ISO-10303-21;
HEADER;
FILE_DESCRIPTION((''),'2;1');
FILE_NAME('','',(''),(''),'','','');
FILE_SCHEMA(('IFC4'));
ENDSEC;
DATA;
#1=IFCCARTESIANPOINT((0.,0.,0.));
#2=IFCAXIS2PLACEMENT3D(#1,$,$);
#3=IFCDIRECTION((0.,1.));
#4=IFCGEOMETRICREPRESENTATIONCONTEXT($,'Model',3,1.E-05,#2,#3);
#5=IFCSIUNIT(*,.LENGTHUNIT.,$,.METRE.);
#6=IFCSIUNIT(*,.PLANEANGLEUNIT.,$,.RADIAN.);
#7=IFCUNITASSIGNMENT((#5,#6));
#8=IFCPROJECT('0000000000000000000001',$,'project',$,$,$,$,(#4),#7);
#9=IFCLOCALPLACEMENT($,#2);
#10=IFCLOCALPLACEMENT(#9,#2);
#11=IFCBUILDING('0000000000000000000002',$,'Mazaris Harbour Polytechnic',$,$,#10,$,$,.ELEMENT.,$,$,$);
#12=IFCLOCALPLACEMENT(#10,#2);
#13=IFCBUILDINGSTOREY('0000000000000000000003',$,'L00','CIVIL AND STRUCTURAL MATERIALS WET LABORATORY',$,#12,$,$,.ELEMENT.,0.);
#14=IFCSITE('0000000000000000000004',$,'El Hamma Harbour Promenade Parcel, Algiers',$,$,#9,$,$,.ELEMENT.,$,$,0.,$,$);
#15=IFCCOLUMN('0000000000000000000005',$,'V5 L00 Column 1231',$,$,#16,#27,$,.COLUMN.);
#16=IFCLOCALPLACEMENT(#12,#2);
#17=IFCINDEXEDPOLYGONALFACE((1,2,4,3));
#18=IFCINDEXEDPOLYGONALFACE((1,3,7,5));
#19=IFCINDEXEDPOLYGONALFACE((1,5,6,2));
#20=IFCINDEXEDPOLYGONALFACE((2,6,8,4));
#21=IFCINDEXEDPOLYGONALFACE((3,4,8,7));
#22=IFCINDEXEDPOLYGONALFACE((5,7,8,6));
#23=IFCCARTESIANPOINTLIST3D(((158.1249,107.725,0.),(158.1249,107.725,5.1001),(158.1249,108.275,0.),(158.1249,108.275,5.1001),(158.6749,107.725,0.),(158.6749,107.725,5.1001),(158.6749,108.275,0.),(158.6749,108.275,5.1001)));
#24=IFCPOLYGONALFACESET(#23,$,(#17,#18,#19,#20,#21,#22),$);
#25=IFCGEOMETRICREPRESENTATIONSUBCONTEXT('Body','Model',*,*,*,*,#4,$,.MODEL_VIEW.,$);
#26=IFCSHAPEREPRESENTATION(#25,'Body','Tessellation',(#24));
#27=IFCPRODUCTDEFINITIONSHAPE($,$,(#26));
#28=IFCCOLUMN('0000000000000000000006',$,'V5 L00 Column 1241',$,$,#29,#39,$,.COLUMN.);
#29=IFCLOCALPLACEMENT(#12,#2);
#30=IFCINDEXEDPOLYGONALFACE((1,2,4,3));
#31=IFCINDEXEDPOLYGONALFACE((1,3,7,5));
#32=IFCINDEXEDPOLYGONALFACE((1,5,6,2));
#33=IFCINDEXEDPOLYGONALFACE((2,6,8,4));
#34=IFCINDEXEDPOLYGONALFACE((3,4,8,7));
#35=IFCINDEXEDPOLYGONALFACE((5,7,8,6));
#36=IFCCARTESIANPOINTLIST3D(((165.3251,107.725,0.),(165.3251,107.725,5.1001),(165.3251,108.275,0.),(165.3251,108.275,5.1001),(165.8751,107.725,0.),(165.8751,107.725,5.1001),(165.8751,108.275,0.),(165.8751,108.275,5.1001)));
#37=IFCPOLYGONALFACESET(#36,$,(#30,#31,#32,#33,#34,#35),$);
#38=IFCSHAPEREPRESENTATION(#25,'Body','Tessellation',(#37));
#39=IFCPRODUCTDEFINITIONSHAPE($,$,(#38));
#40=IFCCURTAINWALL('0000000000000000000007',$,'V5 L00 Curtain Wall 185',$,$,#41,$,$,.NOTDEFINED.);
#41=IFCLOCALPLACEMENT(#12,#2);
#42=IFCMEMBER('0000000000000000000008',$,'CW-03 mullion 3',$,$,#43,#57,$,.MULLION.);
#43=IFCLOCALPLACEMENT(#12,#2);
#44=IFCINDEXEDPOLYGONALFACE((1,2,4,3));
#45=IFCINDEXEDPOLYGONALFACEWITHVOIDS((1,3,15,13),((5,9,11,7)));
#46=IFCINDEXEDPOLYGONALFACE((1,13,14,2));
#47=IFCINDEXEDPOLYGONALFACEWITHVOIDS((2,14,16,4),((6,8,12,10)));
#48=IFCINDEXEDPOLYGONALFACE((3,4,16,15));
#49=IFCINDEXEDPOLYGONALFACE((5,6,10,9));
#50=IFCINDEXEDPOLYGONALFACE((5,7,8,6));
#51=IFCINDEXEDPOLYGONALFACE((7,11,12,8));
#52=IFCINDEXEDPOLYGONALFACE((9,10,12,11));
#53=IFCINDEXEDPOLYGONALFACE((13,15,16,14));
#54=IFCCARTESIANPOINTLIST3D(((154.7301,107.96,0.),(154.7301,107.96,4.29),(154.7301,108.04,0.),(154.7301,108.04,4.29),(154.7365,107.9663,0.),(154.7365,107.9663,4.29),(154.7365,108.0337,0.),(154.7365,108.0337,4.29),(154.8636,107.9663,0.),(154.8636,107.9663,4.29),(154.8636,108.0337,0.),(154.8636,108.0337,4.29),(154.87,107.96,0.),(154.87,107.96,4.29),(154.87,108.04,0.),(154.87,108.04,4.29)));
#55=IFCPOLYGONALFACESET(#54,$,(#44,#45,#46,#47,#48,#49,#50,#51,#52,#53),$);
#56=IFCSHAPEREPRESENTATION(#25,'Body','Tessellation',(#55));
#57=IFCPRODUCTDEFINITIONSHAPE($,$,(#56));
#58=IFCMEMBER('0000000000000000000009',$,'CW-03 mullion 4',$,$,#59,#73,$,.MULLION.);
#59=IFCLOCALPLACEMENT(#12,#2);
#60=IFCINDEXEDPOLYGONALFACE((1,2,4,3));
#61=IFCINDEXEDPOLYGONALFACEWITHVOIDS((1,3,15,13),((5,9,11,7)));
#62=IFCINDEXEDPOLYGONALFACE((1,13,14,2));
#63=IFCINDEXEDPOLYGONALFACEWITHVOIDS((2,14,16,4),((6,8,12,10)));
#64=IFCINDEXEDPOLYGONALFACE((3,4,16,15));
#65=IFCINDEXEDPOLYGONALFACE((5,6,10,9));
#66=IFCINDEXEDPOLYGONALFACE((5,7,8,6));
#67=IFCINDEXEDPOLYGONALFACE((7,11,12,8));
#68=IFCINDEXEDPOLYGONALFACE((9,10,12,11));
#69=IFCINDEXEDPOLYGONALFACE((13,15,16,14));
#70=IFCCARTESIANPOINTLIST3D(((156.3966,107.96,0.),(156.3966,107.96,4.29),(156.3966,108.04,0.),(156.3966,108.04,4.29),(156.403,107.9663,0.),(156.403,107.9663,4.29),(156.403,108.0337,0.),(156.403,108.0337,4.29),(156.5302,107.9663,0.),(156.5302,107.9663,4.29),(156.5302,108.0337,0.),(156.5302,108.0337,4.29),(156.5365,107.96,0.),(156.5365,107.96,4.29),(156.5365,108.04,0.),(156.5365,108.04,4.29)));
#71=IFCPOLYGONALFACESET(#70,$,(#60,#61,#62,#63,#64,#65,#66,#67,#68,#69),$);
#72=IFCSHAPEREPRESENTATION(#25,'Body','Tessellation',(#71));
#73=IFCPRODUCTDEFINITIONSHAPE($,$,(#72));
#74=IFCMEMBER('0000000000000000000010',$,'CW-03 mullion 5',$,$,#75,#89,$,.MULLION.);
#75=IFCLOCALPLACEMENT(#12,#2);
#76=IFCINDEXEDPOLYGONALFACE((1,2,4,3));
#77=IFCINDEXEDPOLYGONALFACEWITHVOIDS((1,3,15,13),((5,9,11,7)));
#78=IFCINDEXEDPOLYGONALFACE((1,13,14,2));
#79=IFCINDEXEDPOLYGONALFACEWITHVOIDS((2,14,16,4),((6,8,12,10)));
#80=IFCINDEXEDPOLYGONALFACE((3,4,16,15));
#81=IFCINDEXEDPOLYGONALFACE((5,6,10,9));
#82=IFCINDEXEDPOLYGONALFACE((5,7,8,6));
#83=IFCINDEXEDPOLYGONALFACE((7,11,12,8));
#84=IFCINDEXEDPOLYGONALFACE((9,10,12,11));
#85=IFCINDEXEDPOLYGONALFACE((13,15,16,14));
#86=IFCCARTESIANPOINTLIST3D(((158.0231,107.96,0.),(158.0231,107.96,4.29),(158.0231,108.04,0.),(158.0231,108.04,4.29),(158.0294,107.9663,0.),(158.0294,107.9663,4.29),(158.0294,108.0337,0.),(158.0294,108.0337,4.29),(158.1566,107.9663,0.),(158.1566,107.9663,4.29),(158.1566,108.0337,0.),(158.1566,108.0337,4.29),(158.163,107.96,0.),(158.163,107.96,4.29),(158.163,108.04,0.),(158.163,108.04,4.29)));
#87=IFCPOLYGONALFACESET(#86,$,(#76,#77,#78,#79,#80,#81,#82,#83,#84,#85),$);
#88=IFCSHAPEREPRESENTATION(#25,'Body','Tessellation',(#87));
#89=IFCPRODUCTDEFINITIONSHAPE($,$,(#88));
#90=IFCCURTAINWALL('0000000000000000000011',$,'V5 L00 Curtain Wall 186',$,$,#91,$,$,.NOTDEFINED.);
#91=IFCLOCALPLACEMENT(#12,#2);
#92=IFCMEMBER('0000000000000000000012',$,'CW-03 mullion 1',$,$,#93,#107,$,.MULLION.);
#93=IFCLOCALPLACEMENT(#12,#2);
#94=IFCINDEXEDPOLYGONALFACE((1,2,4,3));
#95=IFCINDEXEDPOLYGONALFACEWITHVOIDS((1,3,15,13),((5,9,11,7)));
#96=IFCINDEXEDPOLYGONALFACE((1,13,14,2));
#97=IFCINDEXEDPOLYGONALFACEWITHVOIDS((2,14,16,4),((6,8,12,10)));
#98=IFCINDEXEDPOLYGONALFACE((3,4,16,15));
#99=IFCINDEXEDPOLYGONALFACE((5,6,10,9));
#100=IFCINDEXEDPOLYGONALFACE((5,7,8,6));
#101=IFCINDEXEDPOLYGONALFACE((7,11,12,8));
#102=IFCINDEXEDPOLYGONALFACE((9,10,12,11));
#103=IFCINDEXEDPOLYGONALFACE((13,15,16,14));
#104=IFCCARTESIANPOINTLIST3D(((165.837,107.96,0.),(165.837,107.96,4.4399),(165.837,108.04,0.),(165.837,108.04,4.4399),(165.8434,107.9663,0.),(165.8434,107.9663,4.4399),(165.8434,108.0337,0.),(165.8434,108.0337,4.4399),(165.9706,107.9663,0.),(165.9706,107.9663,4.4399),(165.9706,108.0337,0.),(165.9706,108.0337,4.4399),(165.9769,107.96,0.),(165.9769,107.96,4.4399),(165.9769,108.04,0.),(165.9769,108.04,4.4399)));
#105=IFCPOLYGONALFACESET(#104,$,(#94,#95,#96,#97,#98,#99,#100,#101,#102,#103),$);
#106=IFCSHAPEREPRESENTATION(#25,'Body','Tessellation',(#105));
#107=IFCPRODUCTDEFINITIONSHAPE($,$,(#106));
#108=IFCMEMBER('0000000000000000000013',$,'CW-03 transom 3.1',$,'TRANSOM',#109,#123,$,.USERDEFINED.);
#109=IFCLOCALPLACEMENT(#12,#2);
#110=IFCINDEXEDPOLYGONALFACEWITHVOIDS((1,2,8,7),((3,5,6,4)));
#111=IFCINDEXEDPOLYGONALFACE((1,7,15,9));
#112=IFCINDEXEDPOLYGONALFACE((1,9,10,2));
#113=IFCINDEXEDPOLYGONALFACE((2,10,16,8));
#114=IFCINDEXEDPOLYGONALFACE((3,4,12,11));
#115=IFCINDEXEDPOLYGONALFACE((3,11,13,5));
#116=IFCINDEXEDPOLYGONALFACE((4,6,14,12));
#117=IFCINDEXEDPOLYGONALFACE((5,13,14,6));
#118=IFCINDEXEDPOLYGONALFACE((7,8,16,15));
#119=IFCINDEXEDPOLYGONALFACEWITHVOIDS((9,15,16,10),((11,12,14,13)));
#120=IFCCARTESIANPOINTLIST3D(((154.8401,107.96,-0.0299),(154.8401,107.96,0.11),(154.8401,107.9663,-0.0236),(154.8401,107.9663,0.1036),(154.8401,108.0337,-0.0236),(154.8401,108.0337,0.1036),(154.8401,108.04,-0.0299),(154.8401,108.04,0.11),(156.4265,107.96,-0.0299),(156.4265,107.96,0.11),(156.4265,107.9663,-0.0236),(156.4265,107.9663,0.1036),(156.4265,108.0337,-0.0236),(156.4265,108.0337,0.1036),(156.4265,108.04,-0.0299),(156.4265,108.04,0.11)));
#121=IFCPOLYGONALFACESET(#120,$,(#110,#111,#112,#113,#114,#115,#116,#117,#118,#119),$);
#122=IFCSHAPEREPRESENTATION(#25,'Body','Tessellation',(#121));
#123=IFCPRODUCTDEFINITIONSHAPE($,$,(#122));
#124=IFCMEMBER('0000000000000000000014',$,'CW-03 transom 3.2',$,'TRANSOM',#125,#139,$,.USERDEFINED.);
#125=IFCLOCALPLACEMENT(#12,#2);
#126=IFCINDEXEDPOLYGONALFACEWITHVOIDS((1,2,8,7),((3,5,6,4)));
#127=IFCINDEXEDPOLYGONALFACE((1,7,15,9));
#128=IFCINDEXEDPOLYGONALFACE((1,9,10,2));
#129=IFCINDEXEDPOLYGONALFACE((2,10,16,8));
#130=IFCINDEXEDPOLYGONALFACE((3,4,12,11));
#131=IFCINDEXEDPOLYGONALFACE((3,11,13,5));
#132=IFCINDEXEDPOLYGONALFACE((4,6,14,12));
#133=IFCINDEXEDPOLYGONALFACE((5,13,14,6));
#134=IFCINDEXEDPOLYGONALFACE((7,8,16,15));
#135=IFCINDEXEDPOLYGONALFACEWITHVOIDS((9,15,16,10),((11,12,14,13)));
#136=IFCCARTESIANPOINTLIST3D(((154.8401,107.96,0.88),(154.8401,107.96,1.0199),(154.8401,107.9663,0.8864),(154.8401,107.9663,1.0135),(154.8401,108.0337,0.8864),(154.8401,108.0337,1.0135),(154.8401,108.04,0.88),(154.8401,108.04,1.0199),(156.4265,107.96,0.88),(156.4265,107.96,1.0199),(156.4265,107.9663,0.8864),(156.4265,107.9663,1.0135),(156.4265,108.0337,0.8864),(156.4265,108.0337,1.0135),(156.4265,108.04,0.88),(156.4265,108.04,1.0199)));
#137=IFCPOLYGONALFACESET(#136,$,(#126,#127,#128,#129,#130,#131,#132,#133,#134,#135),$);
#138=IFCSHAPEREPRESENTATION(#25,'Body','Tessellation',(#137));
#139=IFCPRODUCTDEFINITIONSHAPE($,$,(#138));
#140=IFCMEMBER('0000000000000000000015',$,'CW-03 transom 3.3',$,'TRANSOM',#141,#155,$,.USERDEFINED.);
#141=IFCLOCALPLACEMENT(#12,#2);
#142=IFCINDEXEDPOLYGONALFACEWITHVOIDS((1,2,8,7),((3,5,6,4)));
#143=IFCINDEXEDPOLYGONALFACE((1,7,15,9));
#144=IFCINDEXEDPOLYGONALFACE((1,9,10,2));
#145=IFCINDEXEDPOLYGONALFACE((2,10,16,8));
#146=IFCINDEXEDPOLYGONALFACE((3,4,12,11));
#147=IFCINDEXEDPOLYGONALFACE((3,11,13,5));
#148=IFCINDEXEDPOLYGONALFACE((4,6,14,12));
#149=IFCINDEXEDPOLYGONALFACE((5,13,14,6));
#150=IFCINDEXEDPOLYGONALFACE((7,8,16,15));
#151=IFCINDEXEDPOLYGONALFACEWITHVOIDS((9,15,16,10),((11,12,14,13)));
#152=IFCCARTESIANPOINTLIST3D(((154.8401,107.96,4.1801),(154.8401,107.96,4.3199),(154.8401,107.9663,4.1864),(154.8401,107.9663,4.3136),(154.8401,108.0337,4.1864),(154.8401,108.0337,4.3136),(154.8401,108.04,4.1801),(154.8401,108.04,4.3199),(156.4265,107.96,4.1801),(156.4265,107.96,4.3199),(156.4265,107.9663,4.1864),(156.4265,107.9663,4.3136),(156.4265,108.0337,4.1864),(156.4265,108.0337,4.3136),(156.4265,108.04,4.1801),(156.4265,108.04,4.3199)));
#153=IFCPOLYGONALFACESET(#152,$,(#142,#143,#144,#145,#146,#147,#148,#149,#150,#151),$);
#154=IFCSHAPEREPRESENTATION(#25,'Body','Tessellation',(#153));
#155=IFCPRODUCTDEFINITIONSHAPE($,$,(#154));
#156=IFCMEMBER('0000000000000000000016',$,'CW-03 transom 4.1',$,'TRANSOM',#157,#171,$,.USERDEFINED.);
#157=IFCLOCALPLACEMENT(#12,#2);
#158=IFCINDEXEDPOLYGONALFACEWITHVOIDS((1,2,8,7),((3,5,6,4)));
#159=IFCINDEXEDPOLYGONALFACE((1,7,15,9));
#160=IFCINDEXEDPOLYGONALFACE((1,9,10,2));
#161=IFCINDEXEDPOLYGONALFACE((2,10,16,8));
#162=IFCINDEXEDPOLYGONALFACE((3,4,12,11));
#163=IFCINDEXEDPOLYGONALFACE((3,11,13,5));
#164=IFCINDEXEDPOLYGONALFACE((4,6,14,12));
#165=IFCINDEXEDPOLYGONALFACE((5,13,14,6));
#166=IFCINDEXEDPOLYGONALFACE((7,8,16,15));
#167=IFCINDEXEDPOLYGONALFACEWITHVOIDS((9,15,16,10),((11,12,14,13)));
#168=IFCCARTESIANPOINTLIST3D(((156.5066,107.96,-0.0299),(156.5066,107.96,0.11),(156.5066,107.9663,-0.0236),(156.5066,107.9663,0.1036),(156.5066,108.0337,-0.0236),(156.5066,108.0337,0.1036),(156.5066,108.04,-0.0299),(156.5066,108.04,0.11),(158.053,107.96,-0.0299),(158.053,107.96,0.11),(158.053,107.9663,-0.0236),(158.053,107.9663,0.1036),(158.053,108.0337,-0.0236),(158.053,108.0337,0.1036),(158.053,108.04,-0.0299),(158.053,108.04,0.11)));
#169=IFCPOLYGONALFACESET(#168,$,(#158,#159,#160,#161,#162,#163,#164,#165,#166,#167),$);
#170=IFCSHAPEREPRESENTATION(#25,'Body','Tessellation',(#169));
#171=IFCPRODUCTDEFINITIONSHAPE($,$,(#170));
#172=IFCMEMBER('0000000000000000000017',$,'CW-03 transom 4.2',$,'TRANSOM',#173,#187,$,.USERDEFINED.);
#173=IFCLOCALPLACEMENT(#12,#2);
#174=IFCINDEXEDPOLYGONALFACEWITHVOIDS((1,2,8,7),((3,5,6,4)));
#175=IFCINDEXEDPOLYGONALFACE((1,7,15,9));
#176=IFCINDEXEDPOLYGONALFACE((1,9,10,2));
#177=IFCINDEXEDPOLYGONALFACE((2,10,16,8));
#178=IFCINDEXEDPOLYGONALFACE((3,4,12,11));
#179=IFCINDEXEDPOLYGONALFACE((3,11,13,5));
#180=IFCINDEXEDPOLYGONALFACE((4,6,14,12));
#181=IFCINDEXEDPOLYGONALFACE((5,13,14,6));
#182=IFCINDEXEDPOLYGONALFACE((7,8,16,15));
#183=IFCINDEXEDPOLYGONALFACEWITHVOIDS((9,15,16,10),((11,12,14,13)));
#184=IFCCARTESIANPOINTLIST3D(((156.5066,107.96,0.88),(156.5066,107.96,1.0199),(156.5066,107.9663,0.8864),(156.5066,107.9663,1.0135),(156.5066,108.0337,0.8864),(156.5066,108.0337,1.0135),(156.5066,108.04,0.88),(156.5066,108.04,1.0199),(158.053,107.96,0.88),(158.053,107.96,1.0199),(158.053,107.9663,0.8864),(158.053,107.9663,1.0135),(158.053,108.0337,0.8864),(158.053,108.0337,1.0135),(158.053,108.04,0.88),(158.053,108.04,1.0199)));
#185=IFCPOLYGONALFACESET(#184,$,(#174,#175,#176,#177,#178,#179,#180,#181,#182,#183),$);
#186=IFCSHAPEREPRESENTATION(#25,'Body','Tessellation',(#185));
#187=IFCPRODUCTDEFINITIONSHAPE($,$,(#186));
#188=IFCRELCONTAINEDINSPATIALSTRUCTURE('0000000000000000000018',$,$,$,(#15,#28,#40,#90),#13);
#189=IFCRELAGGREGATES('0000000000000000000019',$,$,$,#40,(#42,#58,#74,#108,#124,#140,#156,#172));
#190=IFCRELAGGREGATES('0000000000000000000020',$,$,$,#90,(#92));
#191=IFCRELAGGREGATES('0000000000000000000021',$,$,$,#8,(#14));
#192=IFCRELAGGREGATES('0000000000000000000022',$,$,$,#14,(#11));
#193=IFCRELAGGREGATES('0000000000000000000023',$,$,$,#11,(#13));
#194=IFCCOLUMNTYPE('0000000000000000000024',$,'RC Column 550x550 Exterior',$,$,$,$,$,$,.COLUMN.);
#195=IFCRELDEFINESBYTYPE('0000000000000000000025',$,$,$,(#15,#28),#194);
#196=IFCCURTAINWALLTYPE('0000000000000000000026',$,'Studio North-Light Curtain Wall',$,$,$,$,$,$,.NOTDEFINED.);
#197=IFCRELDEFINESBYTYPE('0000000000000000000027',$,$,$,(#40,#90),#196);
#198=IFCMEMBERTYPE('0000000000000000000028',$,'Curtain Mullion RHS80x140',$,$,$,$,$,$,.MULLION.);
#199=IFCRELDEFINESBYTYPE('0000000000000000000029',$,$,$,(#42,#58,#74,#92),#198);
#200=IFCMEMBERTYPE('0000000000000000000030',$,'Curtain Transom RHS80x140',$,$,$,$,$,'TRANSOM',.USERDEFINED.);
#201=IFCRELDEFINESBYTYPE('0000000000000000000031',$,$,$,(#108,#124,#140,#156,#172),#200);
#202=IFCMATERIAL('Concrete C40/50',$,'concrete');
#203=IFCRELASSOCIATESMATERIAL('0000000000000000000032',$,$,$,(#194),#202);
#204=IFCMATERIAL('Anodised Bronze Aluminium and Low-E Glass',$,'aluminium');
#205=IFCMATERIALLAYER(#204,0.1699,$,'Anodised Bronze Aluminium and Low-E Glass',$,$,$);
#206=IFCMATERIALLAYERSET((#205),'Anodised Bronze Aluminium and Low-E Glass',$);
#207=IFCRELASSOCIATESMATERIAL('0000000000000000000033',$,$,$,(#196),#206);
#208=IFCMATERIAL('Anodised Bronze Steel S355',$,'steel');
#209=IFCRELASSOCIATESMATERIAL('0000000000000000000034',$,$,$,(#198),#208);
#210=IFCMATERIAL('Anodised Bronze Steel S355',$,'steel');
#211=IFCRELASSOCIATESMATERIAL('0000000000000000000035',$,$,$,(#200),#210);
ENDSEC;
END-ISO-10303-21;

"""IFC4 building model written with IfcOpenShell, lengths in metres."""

from ifc_helpers import new_model, si_unit, direction, frame, origin, origin_2d, place, context, subcontext, project, spatial, rectangle, hollow_rectangle, extrude, material, layer, layer_set, material_profile, profile_set, type_object, element, aggregate, save


model = new_model("IFC4")

# Units and contexts
model_context = context("Model", 3, precision=1e-05, world=origin(), true_north=direction((0.0, 1.0)))
body_context = subcontext(model_context, "Body", "Model", "MODEL_VIEW")
ifc_project = project(units=[si_unit("LENGTHUNIT", "METRE"), si_unit("PLANEANGLEUNIT", "RADIAN")], contexts=[model_context])

# Site, building, storey
site_placement = place(None, origin())
site = spatial("IfcSite", under=ifc_project, at=site_placement, Name="El Hamma Harbour Promenade Parcel, Algiers", CompositionType="ELEMENT", RefElevation=0.0)
building_placement = place(site_placement, origin())
building = spatial("IfcBuilding", under=site, at=building_placement, Name="Mazaris Harbour Polytechnic", CompositionType="ELEMENT")
storey_placement = place(building_placement, origin())
storey = spatial("IfcBuildingStorey", under=building, at=storey_placement, Name="L00", Description="CIVIL AND STRUCTURAL MATERIALS WET LABORATORY", CompositionType="ELEMENT", Elevation=0.0)

# Columns
ifc_material_1 = material(Name="Concrete C40/50", Category="concrete")
ifc_material_profile_1 = material_profile(ifc_material_1, rectangle(XDim=0.55, YDim=0.55, at=origin_2d()), Name="RECT550x550")
ifc_profile_set_1 = profile_set([ifc_material_profile_1], Name="Concrete C40/50")
column_type = type_object("IfcColumnType", Name="RC Column 550x550 Exterior", PredefinedType="COLUMN", material=ifc_profile_set_1)
for number, where, z_axis, x_axis, name in (
    (1, (158.3999, 108.0, 0.0), (0.0, 0.0, 1.0), (1.0, 0.0, 0.0), "V5 L00 Column 1231"),
    (2, (165.6001, 108.0, 0.0), (0.0, 0.0, 1.0), (1.0, 0.0, 0.0), "V5 L00 Column 1241"),
):
    element("IfcColumn", number, at=place(storey_placement, frame(where, z_axis=z_axis, x_axis=x_axis)), inside=storey, type_object=column_type, Name=name, PredefinedType="COLUMN", context=body_context, shape_type="SweptSolid", body=[
        extrude(rectangle(XDim=0.55, YDim=0.55, at=origin_2d()), origin(), (0.0, 0.0, 1.0), 5.1001),
    ])

# Curtain wall, members
ifc_material_2 = material(Name="Anodised Bronze Aluminium and Low-E Glass", Category="aluminium")
ifc_layer_1 = layer(ifc_material_2, 0.1699, Name="Anodised Bronze Aluminium and Low-E Glass")
ifc_layer_set_1 = layer_set([ifc_layer_1], Name="Anodised Bronze Aluminium and Low-E Glass")
curtain_wall_type = type_object("IfcCurtainWallType", Name="Studio North-Light Curtain Wall", PredefinedType="NOTDEFINED", material=ifc_layer_set_1)
curtain_wall_1_placement = place(storey_placement, origin())
curtain_wall_1 = element("IfcCurtainWall", 3, at=curtain_wall_1_placement, inside=storey, type_object=curtain_wall_type, Name="V5 L00 Curtain Wall 185", PredefinedType="NOTDEFINED")
ifc_material_3 = material(Name="Anodised Bronze Steel S355", Category="steel")
ifc_material_profile_2 = material_profile(ifc_material_3, hollow_rectangle(XDim=0.0801, YDim=0.1399, WallThickness=0.0063, at=origin_2d()), Name="RHS 80x140x6.3")
ifc_profile_set_2 = profile_set([ifc_material_profile_2], Name="Anodised Bronze Steel S355")
member_type_1 = type_object("IfcMemberType", Name="Curtain Mullion RHS80x140", PredefinedType="MULLION", material=ifc_profile_set_2)
member_1_placement = place(storey_placement, frame((154.8, 108.0, 0.0), z_axis=(0.0, 0.0, 1.0), x_axis=(0.0, 1.0, 0.0)))
member_1 = element("IfcMember", 4, at=member_1_placement, type_object=member_type_1, Name="CW-03 mullion 3", PredefinedType="MULLION", context=body_context, shape_type="SweptSolid", body=[
    extrude(hollow_rectangle(XDim=0.0801, YDim=0.1399, WallThickness=0.0063, at=origin_2d()), origin(), (0.0, 0.0, 1.0), 4.29),
])
member_2_placement = place(storey_placement, frame((156.4666, 108.0, 0.0), z_axis=(0.0, 0.0, 1.0), x_axis=(0.0, 1.0, 0.0)))
member_2 = element("IfcMember", 5, at=member_2_placement, type_object=member_type_1, Name="CW-03 mullion 4", PredefinedType="MULLION", context=body_context, shape_type="SweptSolid", body=[
    extrude(hollow_rectangle(XDim=0.0801, YDim=0.1399, WallThickness=0.0063, at=origin_2d()), origin(), (0.0, 0.0, 1.0), 4.29),
])
member_3_placement = place(storey_placement, frame((158.093, 108.0, 0.0), z_axis=(0.0, 0.0, 1.0), x_axis=(0.0, 1.0, 0.0)))
member_3 = element("IfcMember", 6, at=member_3_placement, type_object=member_type_1, Name="CW-03 mullion 5", PredefinedType="MULLION", context=body_context, shape_type="SweptSolid", body=[
    extrude(hollow_rectangle(XDim=0.0801, YDim=0.1399, WallThickness=0.0063, at=origin_2d()), origin(), (0.0, 0.0, 1.0), 4.29),
])

# Curtain wall, member
curtain_wall_2_placement = place(storey_placement, origin())
curtain_wall_2 = element("IfcCurtainWall", 7, at=curtain_wall_2_placement, inside=storey, type_object=curtain_wall_type, Name="V5 L00 Curtain Wall 186", PredefinedType="NOTDEFINED")
member_4_placement = place(storey_placement, frame((165.907, 108.0, 0.0), z_axis=(0.0, 0.0, 1.0), x_axis=(0.0, 1.0, 0.0)))
member_4 = element("IfcMember", 8, at=member_4_placement, type_object=member_type_1, Name="CW-03 mullion 1", PredefinedType="MULLION", context=body_context, shape_type="SweptSolid", body=[
    extrude(hollow_rectangle(XDim=0.0801, YDim=0.1399, WallThickness=0.0063, at=origin_2d()), origin(), (0.0, 0.0, 1.0), 4.4399),
])

# Members
ifc_material_4 = material(Name="Anodised Bronze Steel S355", Category="steel")
ifc_material_profile_3 = material_profile(ifc_material_4, hollow_rectangle(XDim=0.0801, YDim=0.1399, WallThickness=0.0063, at=origin_2d()), Name="RHS 80x140x6.3")
ifc_profile_set_3 = profile_set([ifc_material_profile_3], Name="Anodised Bronze Steel S355")
member_type_2 = type_object("IfcMemberType", Name="Curtain Transom RHS80x140", ElementType="TRANSOM", PredefinedType="USERDEFINED", material=ifc_profile_set_3)
member_5_placement = place(storey_placement, frame((154.8401, 108.0, 0.04), z_axis=(1.0, 0.0, 0.0), x_axis=(0.0, 1.0, 0.0)))
member_5 = element("IfcMember", 9, at=member_5_placement, type_object=member_type_2, Name="CW-03 transom 3.1", ObjectType="TRANSOM", PredefinedType="USERDEFINED", context=body_context, shape_type="SweptSolid", body=[
    extrude(hollow_rectangle(XDim=0.0801, YDim=0.1399, WallThickness=0.0063, at=origin_2d()), origin(), (0.0, 0.0, 1.0), 1.5864),
])
member_6_placement = place(storey_placement, frame((154.8401, 108.0, 0.95), z_axis=(1.0, 0.0, 0.0), x_axis=(0.0, 1.0, 0.0)))
member_6 = element("IfcMember", 10, at=member_6_placement, type_object=member_type_2, Name="CW-03 transom 3.2", ObjectType="TRANSOM", PredefinedType="USERDEFINED", context=body_context, shape_type="SweptSolid", body=[
    extrude(hollow_rectangle(XDim=0.0801, YDim=0.1399, WallThickness=0.0063, at=origin_2d()), origin(), (0.0, 0.0, 1.0), 1.5864),
])
member_7_placement = place(storey_placement, frame((154.8401, 108.0, 4.25), z_axis=(1.0, 0.0, 0.0), x_axis=(0.0, 1.0, 0.0)))
member_7 = element("IfcMember", 11, at=member_7_placement, type_object=member_type_2, Name="CW-03 transom 3.3", ObjectType="TRANSOM", PredefinedType="USERDEFINED", context=body_context, shape_type="SweptSolid", body=[
    extrude(hollow_rectangle(XDim=0.0801, YDim=0.1399, WallThickness=0.0063, at=origin_2d()), origin(), (0.0, 0.0, 1.0), 1.5864),
])
member_8_placement = place(storey_placement, frame((156.5066, 108.0, 0.04), z_axis=(1.0, 0.0, 0.0), x_axis=(0.0, 1.0, 0.0)))
member_8 = element("IfcMember", 12, at=member_8_placement, type_object=member_type_2, Name="CW-03 transom 4.1", ObjectType="TRANSOM", PredefinedType="USERDEFINED", context=body_context, shape_type="SweptSolid", body=[
    extrude(hollow_rectangle(XDim=0.0801, YDim=0.1399, WallThickness=0.0063, at=origin_2d()), origin(), (0.0, 0.0, 1.0), 1.5464),
])
member_9_placement = place(storey_placement, frame((156.5066, 108.0, 0.95), z_axis=(1.0, 0.0, 0.0), x_axis=(0.0, 1.0, 0.0)))
member_9 = element("IfcMember", 13, at=member_9_placement, type_object=member_type_2, Name="CW-03 transom 4.2", ObjectType="TRANSOM", PredefinedType="USERDEFINED", context=body_context, shape_type="SweptSolid", body=[
    extrude(hollow_rectangle(XDim=0.0801, YDim=0.1399, WallThickness=0.0063, at=origin_2d()), origin(), (0.0, 0.0, 1.0), 1.5464),
])

aggregate(curtain_wall_1, [member_1, member_2, member_3, member_5, member_6, member_7, member_8, member_9])
aggregate(curtain_wall_2, [member_4])

save(model, "model.ifc")
